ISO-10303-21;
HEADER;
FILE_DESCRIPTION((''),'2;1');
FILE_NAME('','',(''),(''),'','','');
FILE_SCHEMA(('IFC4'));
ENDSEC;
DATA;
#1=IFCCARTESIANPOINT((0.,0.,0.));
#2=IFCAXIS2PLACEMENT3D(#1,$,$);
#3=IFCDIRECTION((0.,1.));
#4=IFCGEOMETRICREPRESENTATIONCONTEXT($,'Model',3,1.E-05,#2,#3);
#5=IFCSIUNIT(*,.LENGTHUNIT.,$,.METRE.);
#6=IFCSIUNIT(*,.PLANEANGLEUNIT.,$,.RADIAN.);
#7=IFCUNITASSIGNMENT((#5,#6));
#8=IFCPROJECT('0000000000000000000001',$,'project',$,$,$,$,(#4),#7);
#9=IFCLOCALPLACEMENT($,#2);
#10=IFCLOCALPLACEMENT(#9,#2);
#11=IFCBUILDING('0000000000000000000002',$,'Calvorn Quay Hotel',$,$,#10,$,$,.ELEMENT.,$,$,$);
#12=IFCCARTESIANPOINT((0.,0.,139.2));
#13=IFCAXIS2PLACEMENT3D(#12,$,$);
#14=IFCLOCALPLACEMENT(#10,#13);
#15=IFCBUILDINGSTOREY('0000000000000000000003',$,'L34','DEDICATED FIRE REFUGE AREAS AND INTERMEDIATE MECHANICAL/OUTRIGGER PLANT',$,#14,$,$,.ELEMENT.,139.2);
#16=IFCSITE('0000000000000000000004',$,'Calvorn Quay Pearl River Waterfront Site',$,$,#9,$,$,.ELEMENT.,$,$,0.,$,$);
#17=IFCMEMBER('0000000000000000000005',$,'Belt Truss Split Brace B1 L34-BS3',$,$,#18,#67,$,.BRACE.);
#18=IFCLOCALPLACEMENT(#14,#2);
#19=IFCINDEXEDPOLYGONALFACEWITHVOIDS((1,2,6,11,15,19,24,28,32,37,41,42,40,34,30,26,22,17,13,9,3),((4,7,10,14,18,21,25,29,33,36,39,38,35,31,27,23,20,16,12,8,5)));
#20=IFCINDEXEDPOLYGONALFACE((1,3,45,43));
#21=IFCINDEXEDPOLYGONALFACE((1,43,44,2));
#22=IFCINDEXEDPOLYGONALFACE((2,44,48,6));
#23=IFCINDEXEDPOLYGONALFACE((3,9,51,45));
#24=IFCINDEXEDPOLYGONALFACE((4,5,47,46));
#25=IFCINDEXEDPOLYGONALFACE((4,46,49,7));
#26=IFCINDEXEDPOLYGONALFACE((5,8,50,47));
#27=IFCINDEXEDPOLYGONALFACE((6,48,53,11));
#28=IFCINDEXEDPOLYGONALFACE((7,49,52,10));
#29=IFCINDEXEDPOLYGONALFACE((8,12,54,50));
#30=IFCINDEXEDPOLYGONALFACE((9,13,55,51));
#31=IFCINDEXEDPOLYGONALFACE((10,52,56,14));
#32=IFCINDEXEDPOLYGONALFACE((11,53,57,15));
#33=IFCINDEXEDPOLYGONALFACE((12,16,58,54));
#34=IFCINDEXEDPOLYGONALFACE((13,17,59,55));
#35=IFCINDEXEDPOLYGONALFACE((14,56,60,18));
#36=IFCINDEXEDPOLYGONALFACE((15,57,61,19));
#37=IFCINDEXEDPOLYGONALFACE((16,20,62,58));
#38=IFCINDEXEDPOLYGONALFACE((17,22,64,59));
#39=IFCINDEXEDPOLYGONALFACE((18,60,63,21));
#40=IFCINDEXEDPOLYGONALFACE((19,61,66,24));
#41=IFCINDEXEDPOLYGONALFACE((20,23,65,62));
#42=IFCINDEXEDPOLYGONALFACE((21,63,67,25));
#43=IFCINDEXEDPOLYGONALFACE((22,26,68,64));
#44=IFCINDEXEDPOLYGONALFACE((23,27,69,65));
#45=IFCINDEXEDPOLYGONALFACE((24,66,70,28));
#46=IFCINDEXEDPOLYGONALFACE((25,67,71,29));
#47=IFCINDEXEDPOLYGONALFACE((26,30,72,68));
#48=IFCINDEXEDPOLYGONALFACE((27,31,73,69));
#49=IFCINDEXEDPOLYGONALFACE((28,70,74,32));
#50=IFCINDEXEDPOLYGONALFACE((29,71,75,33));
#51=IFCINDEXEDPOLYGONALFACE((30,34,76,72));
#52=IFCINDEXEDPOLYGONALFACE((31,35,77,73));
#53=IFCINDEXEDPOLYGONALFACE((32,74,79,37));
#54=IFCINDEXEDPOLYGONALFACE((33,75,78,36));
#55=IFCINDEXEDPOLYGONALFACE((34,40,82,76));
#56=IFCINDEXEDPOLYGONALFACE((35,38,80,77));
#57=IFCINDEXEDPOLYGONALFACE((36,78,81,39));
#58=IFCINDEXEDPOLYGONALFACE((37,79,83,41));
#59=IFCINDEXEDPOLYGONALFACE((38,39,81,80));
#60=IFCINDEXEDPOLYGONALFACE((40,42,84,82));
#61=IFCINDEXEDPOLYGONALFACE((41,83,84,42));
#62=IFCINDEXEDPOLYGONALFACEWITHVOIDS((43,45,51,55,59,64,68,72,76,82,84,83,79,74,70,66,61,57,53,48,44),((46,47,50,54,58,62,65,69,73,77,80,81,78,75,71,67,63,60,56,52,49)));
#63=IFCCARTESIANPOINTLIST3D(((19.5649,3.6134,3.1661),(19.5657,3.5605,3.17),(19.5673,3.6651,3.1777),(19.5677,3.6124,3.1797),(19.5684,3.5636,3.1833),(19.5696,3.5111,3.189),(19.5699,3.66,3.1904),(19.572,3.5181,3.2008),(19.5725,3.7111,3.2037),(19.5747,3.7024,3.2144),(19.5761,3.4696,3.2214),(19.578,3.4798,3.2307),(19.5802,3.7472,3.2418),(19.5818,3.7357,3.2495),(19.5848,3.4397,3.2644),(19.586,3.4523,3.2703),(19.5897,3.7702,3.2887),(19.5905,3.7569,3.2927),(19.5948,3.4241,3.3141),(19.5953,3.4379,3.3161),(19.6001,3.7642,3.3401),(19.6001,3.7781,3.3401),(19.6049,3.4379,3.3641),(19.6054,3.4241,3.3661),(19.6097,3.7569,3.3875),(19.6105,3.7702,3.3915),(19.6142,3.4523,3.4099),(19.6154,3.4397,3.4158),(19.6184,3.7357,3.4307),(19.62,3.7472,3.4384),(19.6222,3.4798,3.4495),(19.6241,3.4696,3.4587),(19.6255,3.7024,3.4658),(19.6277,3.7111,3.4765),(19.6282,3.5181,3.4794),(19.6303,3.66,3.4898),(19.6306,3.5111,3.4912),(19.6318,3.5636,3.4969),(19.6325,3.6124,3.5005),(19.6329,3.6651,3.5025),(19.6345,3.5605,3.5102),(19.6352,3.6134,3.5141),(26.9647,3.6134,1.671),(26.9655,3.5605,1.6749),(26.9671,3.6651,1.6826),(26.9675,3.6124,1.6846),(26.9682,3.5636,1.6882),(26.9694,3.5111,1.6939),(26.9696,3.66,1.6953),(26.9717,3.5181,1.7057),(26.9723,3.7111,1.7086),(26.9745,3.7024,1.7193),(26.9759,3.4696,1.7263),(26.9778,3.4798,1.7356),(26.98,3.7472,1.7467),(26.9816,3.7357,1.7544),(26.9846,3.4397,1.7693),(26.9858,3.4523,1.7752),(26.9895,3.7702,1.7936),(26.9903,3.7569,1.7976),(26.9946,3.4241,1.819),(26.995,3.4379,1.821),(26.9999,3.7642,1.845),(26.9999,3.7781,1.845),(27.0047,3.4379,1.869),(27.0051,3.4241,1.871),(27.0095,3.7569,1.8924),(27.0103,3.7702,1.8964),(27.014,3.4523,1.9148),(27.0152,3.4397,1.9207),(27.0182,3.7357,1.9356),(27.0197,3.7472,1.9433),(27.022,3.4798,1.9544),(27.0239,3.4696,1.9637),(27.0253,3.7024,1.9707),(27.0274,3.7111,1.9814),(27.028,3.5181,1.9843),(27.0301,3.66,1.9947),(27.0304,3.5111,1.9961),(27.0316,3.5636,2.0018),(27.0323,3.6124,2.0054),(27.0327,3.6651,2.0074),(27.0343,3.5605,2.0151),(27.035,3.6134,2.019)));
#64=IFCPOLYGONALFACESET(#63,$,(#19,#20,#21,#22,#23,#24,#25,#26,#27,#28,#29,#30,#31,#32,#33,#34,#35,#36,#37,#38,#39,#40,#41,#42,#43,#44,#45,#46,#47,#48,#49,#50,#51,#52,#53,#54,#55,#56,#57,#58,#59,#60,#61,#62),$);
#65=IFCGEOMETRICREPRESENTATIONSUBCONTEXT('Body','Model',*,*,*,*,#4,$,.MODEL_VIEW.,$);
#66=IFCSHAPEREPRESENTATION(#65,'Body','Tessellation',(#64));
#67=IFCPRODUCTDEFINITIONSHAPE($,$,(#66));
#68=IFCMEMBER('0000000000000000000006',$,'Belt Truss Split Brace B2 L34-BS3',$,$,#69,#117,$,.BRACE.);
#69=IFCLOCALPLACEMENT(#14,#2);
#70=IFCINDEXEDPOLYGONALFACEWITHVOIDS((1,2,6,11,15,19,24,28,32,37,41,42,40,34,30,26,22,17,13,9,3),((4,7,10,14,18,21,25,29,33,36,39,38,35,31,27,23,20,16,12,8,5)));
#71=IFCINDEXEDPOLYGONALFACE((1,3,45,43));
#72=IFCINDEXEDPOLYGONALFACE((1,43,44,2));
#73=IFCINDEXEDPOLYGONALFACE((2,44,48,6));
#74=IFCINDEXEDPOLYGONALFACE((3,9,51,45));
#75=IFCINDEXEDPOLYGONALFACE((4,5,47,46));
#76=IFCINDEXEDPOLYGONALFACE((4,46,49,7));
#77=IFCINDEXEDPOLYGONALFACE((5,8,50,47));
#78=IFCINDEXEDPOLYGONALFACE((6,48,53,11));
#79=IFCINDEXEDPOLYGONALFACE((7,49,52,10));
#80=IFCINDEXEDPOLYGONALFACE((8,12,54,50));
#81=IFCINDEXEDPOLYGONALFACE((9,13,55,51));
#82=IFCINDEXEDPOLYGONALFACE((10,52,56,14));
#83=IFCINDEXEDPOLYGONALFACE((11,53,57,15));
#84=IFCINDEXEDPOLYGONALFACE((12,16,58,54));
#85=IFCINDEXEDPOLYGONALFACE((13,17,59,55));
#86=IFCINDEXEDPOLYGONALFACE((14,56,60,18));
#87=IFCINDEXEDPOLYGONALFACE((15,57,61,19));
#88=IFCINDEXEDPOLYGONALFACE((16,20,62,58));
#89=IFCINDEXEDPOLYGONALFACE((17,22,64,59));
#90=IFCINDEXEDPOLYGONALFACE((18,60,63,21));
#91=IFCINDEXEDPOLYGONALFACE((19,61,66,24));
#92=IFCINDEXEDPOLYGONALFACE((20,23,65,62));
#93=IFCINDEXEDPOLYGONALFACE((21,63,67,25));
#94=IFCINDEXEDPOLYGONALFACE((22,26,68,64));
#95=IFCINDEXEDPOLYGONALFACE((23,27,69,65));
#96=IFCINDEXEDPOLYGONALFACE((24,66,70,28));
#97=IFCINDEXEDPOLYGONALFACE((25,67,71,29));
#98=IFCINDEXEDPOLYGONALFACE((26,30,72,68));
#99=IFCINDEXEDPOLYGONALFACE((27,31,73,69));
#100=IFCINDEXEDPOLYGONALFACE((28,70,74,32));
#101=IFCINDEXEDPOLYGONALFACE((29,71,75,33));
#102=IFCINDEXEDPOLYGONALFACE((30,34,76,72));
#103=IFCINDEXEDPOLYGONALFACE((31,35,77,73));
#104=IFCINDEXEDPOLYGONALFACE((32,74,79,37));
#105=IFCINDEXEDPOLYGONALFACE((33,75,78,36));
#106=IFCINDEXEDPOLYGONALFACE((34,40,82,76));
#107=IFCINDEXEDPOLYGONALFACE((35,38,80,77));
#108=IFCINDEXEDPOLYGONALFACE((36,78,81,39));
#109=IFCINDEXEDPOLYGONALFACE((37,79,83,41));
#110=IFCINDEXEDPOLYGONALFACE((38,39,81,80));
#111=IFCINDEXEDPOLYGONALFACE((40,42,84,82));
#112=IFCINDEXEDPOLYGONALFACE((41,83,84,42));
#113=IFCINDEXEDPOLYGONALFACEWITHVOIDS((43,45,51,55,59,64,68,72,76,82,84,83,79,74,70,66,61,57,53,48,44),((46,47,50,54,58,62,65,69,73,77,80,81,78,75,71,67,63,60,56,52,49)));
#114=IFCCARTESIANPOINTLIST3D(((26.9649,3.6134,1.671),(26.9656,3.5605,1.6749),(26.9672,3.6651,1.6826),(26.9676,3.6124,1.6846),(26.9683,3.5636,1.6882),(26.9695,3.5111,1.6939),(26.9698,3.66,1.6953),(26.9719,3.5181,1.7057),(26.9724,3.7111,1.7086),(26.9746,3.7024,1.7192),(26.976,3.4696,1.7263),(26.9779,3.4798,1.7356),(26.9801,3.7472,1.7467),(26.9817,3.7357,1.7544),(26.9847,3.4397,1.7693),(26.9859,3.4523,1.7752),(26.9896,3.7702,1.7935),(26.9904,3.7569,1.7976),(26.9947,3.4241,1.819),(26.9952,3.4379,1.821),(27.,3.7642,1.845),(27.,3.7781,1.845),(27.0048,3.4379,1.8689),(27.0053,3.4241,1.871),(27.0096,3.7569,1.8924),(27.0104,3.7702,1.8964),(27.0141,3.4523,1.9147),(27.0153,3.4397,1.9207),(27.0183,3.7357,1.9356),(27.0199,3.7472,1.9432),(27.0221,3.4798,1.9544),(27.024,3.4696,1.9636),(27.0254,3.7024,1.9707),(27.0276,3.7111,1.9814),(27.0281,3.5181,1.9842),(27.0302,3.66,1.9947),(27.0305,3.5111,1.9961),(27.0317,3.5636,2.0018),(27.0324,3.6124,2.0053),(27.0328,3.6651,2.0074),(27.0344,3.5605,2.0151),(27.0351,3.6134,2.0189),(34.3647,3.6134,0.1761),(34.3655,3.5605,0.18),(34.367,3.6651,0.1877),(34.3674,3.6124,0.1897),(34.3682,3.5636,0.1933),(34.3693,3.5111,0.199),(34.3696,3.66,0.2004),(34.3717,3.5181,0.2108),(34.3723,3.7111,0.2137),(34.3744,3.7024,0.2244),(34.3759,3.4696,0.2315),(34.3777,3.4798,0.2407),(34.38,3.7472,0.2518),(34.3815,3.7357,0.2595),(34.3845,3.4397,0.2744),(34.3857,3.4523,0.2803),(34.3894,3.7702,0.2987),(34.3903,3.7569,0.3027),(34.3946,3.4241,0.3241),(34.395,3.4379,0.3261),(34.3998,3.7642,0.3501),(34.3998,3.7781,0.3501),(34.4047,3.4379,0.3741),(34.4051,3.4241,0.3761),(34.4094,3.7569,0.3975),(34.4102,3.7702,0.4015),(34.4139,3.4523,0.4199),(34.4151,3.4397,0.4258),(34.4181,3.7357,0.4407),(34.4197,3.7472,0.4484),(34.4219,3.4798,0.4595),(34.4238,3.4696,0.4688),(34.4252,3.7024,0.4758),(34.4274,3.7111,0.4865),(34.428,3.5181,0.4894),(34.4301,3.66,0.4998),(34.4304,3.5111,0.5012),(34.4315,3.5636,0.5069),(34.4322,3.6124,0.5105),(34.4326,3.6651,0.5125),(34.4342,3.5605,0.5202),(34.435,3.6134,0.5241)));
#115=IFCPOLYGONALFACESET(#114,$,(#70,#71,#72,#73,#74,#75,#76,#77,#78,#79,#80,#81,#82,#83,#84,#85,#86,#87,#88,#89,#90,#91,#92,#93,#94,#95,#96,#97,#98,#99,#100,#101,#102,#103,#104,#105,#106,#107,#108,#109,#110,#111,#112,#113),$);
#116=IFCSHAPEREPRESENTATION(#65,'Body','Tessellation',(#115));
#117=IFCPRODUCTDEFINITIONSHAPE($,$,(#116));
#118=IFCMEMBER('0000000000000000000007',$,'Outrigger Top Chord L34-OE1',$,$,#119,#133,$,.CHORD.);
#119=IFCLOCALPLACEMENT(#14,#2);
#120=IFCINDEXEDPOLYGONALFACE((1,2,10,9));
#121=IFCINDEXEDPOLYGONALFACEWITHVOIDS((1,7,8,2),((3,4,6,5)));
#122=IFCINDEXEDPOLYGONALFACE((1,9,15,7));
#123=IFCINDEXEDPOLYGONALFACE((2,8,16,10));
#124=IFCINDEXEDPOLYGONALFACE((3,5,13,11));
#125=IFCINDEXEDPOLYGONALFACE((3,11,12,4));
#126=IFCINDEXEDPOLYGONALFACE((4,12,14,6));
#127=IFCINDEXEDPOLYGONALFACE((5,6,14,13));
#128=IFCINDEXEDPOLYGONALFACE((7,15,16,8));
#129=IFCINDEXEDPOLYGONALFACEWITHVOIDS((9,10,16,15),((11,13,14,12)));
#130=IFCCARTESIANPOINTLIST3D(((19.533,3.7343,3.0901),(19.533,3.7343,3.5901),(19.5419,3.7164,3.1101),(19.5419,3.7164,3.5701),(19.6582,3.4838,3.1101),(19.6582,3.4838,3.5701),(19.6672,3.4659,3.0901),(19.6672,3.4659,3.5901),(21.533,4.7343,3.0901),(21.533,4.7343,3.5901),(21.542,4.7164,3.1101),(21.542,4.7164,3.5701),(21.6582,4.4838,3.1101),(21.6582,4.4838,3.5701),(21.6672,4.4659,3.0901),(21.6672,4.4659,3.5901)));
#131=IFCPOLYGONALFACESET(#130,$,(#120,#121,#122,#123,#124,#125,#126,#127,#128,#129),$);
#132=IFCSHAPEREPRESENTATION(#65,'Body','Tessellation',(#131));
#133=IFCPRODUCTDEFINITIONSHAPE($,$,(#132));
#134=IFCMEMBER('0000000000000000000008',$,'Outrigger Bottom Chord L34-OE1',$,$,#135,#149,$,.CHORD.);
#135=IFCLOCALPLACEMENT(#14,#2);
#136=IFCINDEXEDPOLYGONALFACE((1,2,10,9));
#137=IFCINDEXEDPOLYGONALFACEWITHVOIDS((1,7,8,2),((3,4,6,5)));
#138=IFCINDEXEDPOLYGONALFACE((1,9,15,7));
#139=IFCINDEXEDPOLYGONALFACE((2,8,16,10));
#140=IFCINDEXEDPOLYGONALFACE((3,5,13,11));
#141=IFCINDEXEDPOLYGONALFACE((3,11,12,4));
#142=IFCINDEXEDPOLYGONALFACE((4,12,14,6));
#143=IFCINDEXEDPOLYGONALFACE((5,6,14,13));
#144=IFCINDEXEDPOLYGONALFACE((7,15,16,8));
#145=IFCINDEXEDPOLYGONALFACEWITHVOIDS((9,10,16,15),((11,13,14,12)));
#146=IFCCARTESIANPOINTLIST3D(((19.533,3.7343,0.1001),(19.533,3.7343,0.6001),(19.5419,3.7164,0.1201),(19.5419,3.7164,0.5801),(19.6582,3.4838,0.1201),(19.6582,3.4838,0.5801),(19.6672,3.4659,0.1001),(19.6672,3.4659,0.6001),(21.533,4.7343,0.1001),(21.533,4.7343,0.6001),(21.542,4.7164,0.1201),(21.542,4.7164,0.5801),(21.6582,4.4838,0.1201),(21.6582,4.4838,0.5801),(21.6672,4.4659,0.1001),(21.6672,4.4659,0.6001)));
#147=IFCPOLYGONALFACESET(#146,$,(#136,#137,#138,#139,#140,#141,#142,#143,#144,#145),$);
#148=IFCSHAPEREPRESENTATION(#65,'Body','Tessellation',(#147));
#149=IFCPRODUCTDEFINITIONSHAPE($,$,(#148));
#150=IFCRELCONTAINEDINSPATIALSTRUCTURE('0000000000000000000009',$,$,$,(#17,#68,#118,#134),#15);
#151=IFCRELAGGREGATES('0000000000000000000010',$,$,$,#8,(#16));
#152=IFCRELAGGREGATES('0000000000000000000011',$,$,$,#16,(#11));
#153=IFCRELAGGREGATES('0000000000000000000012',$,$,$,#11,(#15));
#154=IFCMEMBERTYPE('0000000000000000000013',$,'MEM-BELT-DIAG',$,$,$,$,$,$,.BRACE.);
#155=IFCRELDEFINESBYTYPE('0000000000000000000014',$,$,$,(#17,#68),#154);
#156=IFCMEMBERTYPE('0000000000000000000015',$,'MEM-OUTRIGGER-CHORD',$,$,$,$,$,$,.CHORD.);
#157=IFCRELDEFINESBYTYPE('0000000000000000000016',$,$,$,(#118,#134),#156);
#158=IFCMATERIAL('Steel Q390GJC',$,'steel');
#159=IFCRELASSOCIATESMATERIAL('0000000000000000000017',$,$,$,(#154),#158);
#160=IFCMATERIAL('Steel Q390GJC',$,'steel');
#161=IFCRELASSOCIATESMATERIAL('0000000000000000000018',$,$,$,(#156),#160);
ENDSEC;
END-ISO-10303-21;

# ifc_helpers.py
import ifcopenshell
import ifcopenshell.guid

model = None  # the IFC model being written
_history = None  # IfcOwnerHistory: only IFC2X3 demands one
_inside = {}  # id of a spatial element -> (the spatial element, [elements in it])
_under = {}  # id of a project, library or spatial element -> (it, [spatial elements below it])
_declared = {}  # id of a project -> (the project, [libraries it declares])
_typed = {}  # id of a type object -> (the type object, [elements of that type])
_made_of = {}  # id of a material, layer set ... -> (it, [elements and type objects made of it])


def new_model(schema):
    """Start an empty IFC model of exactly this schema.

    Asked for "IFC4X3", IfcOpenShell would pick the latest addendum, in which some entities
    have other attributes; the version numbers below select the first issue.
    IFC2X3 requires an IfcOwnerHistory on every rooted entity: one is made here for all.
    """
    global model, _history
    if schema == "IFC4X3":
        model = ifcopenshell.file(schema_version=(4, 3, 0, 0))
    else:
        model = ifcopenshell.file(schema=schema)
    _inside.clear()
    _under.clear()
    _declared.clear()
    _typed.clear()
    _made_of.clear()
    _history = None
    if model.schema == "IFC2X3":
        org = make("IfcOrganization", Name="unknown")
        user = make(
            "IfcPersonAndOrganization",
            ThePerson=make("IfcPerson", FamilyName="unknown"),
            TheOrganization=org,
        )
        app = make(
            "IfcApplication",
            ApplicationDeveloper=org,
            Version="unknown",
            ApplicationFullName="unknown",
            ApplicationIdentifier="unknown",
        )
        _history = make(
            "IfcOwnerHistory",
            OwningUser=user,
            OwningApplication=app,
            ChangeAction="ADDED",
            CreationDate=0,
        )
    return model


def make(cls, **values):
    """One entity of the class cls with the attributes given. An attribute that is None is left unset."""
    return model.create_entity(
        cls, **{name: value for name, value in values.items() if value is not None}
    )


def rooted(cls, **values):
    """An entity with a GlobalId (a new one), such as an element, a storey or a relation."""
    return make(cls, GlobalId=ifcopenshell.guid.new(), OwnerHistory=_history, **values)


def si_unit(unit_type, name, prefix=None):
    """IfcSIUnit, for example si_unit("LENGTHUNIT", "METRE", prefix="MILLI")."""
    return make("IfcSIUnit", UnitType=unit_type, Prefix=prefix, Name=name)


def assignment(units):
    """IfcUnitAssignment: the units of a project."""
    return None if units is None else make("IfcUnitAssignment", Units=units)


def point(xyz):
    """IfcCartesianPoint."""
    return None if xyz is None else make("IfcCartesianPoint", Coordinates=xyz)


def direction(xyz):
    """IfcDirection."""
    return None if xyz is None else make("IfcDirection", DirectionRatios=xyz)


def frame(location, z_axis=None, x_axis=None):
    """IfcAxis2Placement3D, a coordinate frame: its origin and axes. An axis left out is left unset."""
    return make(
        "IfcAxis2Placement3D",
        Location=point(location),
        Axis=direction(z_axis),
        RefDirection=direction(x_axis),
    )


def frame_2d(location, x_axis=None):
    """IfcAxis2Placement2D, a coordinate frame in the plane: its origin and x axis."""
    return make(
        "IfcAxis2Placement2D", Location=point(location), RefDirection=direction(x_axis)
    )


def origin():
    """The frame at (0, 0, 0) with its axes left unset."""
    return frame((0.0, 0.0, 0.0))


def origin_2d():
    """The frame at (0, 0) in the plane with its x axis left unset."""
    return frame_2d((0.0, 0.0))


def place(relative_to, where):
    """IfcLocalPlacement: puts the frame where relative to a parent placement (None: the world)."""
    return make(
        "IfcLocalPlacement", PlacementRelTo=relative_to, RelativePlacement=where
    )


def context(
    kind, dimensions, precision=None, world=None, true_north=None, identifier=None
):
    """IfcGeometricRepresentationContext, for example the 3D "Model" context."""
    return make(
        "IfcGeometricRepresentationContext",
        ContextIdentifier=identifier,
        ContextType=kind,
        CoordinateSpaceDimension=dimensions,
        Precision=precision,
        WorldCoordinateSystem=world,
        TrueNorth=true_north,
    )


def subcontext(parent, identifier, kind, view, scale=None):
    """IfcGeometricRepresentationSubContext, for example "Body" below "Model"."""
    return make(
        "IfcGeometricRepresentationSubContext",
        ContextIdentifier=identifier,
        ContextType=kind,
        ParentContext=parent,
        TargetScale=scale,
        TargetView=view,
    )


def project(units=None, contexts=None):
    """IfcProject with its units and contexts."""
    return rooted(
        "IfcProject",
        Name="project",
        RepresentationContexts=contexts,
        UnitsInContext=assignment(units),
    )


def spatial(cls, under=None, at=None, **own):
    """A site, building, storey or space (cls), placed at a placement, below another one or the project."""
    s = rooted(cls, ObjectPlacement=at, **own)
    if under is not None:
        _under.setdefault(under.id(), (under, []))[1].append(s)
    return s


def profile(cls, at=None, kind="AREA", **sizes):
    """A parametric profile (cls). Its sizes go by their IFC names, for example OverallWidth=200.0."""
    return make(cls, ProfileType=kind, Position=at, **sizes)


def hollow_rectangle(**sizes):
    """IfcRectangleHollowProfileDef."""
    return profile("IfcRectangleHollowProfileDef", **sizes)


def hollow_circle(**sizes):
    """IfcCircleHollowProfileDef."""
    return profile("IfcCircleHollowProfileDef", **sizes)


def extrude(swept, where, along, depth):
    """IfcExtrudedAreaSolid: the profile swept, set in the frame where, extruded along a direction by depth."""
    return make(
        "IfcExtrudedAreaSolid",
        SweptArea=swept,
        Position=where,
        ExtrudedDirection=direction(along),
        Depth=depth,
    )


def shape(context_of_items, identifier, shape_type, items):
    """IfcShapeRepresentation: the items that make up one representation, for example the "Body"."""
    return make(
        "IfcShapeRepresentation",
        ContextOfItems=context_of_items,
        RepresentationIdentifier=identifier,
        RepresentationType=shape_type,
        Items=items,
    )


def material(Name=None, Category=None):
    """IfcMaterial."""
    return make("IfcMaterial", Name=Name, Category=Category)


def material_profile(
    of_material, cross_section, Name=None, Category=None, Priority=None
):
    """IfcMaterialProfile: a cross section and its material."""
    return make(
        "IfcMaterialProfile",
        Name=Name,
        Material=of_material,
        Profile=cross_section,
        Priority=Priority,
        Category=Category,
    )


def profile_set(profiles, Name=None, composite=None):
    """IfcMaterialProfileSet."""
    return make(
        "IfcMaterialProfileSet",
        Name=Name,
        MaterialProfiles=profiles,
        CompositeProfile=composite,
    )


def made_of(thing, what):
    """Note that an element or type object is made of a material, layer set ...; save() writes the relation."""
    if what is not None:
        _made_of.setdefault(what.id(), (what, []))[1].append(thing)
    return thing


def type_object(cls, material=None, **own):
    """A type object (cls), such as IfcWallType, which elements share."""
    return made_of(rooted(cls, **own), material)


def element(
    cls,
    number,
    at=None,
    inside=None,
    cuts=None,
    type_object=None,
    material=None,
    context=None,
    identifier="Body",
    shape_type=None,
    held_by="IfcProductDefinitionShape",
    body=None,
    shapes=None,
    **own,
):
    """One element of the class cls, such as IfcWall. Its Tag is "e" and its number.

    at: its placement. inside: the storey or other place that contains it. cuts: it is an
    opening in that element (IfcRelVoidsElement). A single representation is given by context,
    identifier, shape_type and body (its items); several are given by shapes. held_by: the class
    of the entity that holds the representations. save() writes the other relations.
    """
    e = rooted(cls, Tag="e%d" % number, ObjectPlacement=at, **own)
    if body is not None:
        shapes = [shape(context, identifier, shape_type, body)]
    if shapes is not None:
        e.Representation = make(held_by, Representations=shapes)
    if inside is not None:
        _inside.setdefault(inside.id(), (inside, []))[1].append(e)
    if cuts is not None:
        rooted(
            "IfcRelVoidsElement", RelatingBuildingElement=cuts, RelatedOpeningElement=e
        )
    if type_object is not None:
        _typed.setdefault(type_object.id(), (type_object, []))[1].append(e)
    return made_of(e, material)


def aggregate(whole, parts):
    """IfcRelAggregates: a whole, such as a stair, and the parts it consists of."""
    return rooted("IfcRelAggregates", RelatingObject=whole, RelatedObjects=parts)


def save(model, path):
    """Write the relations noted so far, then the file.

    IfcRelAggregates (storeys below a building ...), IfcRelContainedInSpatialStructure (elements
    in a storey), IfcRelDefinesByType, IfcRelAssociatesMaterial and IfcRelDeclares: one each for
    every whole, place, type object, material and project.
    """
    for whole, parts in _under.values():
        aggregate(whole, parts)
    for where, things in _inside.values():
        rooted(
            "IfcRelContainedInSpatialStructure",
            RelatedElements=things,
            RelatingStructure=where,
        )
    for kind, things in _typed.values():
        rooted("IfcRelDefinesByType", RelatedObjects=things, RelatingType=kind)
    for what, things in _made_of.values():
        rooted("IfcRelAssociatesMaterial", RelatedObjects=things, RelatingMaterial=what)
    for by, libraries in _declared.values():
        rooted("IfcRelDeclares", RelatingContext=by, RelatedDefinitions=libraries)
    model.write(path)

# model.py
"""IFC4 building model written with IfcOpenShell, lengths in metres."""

from ifc_helpers import new_model, si_unit, direction, frame, origin, origin_2d, place, context, subcontext, project, spatial, hollow_rectangle, hollow_circle, extrude, material, material_profile, profile_set, type_object, element, save


model = new_model("IFC4")

# Units and contexts
model_context = context("Model", 3, precision=1e-05, world=origin(), true_north=direction((0.0, 1.0)))
body_context = subcontext(model_context, "Body", "Model", "MODEL_VIEW")
ifc_project = project(units=[si_unit("LENGTHUNIT", "METRE"), si_unit("PLANEANGLEUNIT", "RADIAN")], contexts=[model_context])

# Site, building, storey
site_placement = place(None, origin())
site = spatial("IfcSite", under=ifc_project, at=site_placement, Name="Calvorn Quay Pearl River Waterfront Site", CompositionType="ELEMENT", RefElevation=0.0)
building_placement = place(site_placement, origin())
building = spatial("IfcBuilding", under=site, at=building_placement, Name="Calvorn Quay Hotel", CompositionType="ELEMENT")
storey_placement = place(building_placement, frame((0.0, 0.0, 139.2)))
storey = spatial("IfcBuildingStorey", under=building, at=storey_placement, Name="L34", Description="DEDICATED FIRE REFUGE AREAS AND INTERMEDIATE MECHANICAL/OUTRIGGER PLANT", CompositionType="ELEMENT", Elevation=139.2)

# Members
ifc_material_1 = material(Name="Steel Q390GJC", Category="steel")
ifc_material_profile_1 = material_profile(ifc_material_1, hollow_circle(Radius=0.178, WallThickness=0.0139, at=origin_2d()), Name="CHS356x14")
ifc_profile_set_1 = profile_set([ifc_material_profile_1], Name="Steel Q390GJC")
member_type_1 = type_object("IfcMemberType", Name="MEM-BELT-DIAG", PredefinedType="BRACE", material=ifc_profile_set_1)
for number, where, z_axis, x_axis, name in (
    (1, (19.6001, 3.6001, 3.3401), (0.980193, 0.0, -0.198044), (0.0, 1.0, 0.0), "Belt Truss Split Brace B1 L34-BS3"),
    (2, (27.0, 3.6001, 1.845), (0.980199, 0.0, -0.198013), (0.0, 1.0, 0.0), "Belt Truss Split Brace B2 L34-BS3"),
):
    element("IfcMember", number, at=place(storey_placement, frame(where, z_axis=z_axis, x_axis=x_axis)), inside=storey, type_object=member_type_1, Name=name, PredefinedType="BRACE", context=body_context, shape_type="SweptSolid", body=[
        extrude(hollow_circle(Radius=0.178, WallThickness=0.0139, at=origin_2d()), origin(), (0.0, 0.0, 1.0), 7.5493),
    ])
ifc_material_2 = material(Name="Steel Q390GJC", Category="steel")
ifc_material_profile_2 = material_profile(ifc_material_2, hollow_rectangle(XDim=0.3, YDim=0.5, WallThickness=0.02, at=origin_2d()), Name="RHS500x300x20")
ifc_profile_set_2 = profile_set([ifc_material_profile_2], Name="Steel Q390GJC")
member_type_2 = type_object("IfcMemberType", Name="MEM-OUTRIGGER-CHORD", PredefinedType="CHORD", material=ifc_profile_set_2)
for number, where, z_axis, x_axis, name in (
    (3, (21.6001, 4.6001, 3.3401), (-0.894427, -0.447214, 0.0), (0.447214, -0.894427, 0.0), "Outrigger Top Chord L34-OE1"),
    (4, (21.6001, 4.6001, 0.3501), (-0.894427, -0.447214, 0.0), (0.447214, -0.894427, 0.0), "Outrigger Bottom Chord L34-OE1"),
):
    element("IfcMember", number, at=place(storey_placement, frame(where, z_axis=z_axis, x_axis=x_axis)), inside=storey, type_object=member_type_2, Name=name, PredefinedType="CHORD", context=body_context, shape_type="SweptSolid", body=[
        extrude(hollow_rectangle(XDim=0.3, YDim=0.5, WallThickness=0.02, at=origin_2d()), origin(), (0.0, 0.0, 1.0), 2.2361),
    ])

save(model, "model.ifc")
